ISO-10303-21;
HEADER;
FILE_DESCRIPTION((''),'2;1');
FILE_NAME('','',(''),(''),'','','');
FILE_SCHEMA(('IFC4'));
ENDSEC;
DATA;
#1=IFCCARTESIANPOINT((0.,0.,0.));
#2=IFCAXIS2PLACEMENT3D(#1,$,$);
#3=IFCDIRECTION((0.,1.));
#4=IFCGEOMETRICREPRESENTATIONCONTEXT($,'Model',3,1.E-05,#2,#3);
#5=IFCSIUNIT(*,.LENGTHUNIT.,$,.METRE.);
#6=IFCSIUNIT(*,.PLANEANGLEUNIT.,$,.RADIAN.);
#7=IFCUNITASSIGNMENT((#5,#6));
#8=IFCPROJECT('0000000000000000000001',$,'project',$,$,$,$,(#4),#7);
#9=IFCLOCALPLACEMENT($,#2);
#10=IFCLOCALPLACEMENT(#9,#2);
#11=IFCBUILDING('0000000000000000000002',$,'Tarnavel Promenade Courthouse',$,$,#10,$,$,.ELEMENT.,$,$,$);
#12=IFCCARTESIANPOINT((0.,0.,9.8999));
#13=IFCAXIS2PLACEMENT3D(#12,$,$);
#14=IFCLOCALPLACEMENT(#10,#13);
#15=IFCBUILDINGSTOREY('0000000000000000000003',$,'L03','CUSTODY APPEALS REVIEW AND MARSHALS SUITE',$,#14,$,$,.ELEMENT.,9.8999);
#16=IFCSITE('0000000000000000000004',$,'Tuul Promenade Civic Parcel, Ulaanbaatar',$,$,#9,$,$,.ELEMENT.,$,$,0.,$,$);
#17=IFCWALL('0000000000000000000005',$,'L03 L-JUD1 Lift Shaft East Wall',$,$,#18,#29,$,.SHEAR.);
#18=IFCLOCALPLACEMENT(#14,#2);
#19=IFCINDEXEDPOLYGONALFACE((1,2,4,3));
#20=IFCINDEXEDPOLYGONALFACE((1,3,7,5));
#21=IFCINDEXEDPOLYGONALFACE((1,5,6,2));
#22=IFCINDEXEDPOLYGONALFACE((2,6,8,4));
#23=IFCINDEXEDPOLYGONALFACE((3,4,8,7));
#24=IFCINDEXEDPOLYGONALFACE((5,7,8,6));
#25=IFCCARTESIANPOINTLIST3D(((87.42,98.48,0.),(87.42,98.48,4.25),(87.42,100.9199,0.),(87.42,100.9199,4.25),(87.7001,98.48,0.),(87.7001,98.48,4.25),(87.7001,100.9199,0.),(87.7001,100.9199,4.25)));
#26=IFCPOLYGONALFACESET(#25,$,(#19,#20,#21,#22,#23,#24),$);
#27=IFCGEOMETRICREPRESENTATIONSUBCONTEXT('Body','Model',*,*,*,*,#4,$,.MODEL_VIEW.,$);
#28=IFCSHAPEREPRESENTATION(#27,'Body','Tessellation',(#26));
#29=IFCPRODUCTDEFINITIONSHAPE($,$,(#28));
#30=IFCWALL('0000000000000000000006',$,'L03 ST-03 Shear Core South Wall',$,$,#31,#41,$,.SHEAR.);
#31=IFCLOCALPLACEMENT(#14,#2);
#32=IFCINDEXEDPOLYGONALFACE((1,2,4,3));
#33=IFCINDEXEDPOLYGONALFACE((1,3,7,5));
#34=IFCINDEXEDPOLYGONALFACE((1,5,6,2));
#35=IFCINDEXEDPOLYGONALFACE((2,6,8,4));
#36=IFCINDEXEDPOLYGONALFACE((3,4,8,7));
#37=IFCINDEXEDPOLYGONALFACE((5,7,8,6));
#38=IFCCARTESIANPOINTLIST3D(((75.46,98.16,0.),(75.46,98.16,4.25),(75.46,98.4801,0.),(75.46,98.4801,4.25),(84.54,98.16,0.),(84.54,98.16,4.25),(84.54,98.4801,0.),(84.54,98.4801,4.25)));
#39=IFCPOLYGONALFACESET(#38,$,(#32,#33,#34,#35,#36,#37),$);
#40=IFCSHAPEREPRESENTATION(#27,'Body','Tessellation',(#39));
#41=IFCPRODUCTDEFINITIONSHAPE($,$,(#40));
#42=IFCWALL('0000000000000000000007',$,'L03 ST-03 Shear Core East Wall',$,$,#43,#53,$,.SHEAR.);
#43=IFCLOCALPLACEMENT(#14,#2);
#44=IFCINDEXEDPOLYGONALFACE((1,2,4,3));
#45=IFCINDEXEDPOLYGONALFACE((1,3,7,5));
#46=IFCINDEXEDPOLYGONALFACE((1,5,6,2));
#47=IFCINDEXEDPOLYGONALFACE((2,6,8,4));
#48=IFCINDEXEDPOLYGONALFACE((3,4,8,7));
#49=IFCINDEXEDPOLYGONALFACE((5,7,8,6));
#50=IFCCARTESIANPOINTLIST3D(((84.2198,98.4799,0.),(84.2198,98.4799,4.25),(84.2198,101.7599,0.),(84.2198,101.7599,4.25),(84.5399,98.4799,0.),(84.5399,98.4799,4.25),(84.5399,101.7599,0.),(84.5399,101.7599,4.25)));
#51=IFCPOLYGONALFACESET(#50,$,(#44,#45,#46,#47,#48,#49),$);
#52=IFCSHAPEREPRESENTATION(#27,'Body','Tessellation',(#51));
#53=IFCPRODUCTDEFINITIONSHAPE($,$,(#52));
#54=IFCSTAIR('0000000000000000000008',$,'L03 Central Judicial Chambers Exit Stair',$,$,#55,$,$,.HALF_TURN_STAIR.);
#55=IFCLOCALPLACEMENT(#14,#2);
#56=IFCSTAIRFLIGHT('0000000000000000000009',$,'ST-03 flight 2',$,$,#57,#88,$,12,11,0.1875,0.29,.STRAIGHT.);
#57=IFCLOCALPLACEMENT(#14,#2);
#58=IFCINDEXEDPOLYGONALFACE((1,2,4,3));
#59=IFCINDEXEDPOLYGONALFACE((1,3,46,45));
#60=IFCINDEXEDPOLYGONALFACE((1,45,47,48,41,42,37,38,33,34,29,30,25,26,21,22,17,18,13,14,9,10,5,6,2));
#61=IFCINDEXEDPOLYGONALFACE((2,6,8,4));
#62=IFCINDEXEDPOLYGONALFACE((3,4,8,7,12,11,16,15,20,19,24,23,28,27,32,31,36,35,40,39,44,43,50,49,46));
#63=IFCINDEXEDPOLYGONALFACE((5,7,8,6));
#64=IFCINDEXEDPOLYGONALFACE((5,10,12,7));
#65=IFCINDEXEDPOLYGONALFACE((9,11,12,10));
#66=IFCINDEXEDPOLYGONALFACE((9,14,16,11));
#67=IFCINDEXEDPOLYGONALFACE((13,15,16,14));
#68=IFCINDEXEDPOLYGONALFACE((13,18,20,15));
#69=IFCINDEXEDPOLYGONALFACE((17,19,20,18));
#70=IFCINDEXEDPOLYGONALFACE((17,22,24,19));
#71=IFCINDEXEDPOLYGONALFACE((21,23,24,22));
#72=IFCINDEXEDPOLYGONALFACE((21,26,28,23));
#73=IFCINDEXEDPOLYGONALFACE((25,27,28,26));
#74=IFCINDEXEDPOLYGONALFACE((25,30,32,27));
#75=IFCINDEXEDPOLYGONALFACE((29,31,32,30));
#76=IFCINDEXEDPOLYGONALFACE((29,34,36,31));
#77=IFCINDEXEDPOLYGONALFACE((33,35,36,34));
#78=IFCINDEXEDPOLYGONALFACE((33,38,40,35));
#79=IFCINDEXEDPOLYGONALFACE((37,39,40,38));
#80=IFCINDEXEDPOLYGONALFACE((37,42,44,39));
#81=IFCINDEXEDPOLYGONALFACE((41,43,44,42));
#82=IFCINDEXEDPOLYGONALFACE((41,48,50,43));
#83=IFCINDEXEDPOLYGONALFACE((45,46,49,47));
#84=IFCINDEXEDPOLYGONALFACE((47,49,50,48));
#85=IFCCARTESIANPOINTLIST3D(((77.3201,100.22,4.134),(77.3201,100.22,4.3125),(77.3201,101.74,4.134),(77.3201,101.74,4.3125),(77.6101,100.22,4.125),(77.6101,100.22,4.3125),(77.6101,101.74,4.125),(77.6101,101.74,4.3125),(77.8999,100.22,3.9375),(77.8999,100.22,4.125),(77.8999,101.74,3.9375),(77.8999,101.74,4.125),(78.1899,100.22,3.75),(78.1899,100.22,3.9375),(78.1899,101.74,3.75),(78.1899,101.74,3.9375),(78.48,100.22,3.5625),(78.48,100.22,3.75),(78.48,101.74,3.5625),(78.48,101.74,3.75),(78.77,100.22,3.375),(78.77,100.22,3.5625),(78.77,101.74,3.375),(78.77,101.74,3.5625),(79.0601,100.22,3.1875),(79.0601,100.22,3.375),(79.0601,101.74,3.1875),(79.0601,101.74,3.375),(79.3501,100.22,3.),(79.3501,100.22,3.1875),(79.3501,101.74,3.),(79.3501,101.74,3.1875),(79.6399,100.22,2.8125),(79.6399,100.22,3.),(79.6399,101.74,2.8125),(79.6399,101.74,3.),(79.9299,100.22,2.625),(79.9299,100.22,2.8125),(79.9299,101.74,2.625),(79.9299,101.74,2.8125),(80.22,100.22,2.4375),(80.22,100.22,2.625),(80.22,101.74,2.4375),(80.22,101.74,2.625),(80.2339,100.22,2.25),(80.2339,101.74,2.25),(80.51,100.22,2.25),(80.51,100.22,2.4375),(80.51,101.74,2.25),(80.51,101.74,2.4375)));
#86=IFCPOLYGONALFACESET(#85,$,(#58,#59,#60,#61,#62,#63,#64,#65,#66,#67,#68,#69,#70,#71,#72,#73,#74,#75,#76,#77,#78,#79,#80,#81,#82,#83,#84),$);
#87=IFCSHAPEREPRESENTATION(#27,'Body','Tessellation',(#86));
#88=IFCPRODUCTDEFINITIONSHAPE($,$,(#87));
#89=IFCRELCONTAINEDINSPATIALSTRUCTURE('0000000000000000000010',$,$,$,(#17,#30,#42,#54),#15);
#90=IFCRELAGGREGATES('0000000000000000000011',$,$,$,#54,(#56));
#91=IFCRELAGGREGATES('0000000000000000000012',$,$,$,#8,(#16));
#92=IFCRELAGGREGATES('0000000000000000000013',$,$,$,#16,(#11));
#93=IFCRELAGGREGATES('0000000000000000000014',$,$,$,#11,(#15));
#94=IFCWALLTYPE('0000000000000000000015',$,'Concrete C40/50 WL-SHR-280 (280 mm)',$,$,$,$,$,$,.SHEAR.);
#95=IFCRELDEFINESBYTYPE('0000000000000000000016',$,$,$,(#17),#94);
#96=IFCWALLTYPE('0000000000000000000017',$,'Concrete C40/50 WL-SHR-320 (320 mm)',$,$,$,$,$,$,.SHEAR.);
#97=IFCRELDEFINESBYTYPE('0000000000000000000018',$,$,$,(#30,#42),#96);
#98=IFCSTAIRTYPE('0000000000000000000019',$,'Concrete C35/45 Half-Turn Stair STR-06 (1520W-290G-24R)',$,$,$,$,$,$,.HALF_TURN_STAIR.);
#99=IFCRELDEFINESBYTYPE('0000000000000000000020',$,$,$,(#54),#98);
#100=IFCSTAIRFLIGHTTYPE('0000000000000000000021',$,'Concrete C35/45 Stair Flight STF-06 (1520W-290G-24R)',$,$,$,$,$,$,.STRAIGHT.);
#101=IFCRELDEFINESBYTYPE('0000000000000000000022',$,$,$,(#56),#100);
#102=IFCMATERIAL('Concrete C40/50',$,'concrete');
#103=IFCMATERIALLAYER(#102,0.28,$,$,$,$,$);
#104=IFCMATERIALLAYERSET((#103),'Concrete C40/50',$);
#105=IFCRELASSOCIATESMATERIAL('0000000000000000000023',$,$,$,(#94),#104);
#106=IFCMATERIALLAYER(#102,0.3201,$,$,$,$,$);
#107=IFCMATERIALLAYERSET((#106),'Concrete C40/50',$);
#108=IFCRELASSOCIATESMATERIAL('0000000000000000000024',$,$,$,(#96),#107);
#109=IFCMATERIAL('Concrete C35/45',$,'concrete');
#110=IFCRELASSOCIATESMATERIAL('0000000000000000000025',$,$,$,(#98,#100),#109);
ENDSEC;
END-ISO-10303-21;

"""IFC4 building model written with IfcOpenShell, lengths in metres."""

from ifc_helpers import new_model, si_unit, direction, frame, frame_2d, origin, place, context, subcontext, project, spatial, polyline, rectangle, outline, extrude, material, layer, layer_set, type_object, element, aggregate, save


model = new_model("IFC4")

# Units and contexts
model_context = context("Model", 3, precision=1e-05, world=origin(), true_north=direction((0.0, 1.0)))
body_context = subcontext(model_context, "Body", "Model", "MODEL_VIEW")
ifc_project = project(units=[si_unit("LENGTHUNIT", "METRE"), si_unit("PLANEANGLEUNIT", "RADIAN")], contexts=[model_context])

# Site, building, storey
site_placement = place(None, origin())
site = spatial("IfcSite", under=ifc_project, at=site_placement, Name="Tuul Promenade Civic Parcel, Ulaanbaatar", CompositionType="ELEMENT", RefElevation=0.0)
building_placement = place(site_placement, origin())
building = spatial("IfcBuilding", under=site, at=building_placement, Name="Tarnavel Promenade Courthouse", CompositionType="ELEMENT")
storey_placement = place(building_placement, frame((0.0, 0.0, 9.8999)))
storey = spatial("IfcBuildingStorey", under=building, at=storey_placement, Name="L03", Description="CUSTODY APPEALS REVIEW AND MARSHALS SUITE", CompositionType="ELEMENT", Elevation=9.8999)

# Shared definitions
ifc_material_1 = material(Name="Concrete C40/50", Category="concrete")

# Shared definitions
ifc_layer_1 = layer(ifc_material_1, 0.28)
ifc_layer_set_1 = layer_set([ifc_layer_1], Name="Concrete C40/50")
wall_type_1 = type_object("IfcWallType", Name="Concrete C40/50 WL-SHR-280 (280 mm)", PredefinedType="SHEAR", material=ifc_layer_set_1)

# Walls
for number, where, z_axis, x_axis, name in (
    (1, (87.5601, 100.9199, 0.0), (0.0, 0.0, 1.0), (0.0, -1.0, 0.0), "L03 L-JUD1 Lift Shaft East Wall"),
):
    element("IfcWall", number, at=place(storey_placement, frame(where, z_axis=z_axis, x_axis=x_axis)), inside=storey, type_object=wall_type_1, Name=name, PredefinedType="SHEAR", context=body_context, shape_type="SweptSolid", body=[
        extrude(rectangle(XDim=2.4399, YDim=0.28, at=frame_2d((1.22, 0.0))), origin(), (0.0, 0.0, 1.0), 4.25),
    ])
ifc_layer_2 = layer(ifc_material_1, 0.3201)
ifc_layer_set_2 = layer_set([ifc_layer_2], Name="Concrete C40/50")
wall_type_2 = type_object("IfcWallType", Name="Concrete C40/50 WL-SHR-320 (320 mm)", PredefinedType="SHEAR", material=ifc_layer_set_2)
wall_1_placement = place(storey_placement, frame((84.54, 98.3201, 0.0), z_axis=(0.0, 0.0, 1.0), x_axis=(-1.0, 0.0, 0.0)))
element("IfcWall", 2, at=wall_1_placement, inside=storey, type_object=wall_type_2, Name="L03 ST-03 Shear Core South Wall", PredefinedType="SHEAR", context=body_context, shape_type="SweptSolid", body=[
    extrude(rectangle(XDim=9.0801, YDim=0.3201, at=frame_2d((4.54, 0.0))), origin(), (0.0, 0.0, 1.0), 4.25),
])
wall_2_placement = place(storey_placement, frame((84.3799, 101.76, 0.0), z_axis=(0.0, 0.0, 1.0), x_axis=(0.0, -1.0, 0.0)))
element("IfcWall", 3, at=wall_2_placement, inside=storey, type_object=wall_type_2, Name="L03 ST-03 Shear Core East Wall", PredefinedType="SHEAR", context=body_context, shape_type="SweptSolid", body=[
    extrude(rectangle(XDim=3.28, YDim=0.3201, at=frame_2d((1.6401, 0.0))), origin(), (0.0, 0.0, 1.0), 4.25),
])

# Stair, stair flight
ifc_material_2 = material(Name="Concrete C35/45", Category="concrete")
stair_type = type_object("IfcStairType", Name="Concrete C35/45 Half-Turn Stair STR-06 (1520W-290G-24R)", PredefinedType="HALF_TURN_STAIR", material=ifc_material_2)
stair_placement = place(storey_placement, origin())
stair = element("IfcStair", 4, at=stair_placement, inside=storey, type_object=stair_type, Name="L03 Central Judicial Chambers Exit Stair", PredefinedType="HALF_TURN_STAIR")
stair_flight_type = type_object("IfcStairFlightType", Name="Concrete C35/45 Stair Flight STF-06 (1520W-290G-24R)", PredefinedType="STRAIGHT", material=ifc_material_2)
stair_flight_placement = place(storey_placement, frame((80.51, 100.98, 2.25), z_axis=(0.0, 0.0, 1.0), x_axis=(-1.0, 0.0, 0.0)))
stair_flight = element("IfcStairFlight", 5, at=stair_flight_placement, type_object=stair_flight_type, Name="ST-03 flight 2", NumberOfRisers=12, NumberOfTreads=11, PredefinedType="STRAIGHT", RiserHeight=0.1875, TreadLength=0.29, context=body_context, shape_type="SweptSolid", body=[
    extrude(outline(polyline([(0.0, 0.0), (0.0, 0.1875), (0.29, 0.1875), (0.29, 0.375), (0.5801, 0.375), (0.5801, 0.5625), (0.8701, 0.5625), (0.8701, 0.75), (1.1599, 0.75), (1.1599, 0.9375), (1.45, 0.9375), (1.45, 1.125), (1.74, 1.125), (1.74, 1.3125), (2.03, 1.3125), (2.03, 1.5), (2.3201, 1.5), (2.3201, 1.6875), (2.6101, 1.6875), (2.6101, 1.875), (2.8999, 1.875), (2.8999, 2.0625), (3.1899, 2.0625), (3.1899, 2.25), (3.1899, 1.884), (0.2761, 0.0), (0.0, 0.0)])), frame((0.0, 0.76, 0.0), z_axis=(0.0, -1.0, 0.0), x_axis=(1.0, 0.0, 0.0)), (0.0, 0.0, 1.0), 1.52),
])
aggregate(stair, [stair_flight])

save(model, "model.ifc")
